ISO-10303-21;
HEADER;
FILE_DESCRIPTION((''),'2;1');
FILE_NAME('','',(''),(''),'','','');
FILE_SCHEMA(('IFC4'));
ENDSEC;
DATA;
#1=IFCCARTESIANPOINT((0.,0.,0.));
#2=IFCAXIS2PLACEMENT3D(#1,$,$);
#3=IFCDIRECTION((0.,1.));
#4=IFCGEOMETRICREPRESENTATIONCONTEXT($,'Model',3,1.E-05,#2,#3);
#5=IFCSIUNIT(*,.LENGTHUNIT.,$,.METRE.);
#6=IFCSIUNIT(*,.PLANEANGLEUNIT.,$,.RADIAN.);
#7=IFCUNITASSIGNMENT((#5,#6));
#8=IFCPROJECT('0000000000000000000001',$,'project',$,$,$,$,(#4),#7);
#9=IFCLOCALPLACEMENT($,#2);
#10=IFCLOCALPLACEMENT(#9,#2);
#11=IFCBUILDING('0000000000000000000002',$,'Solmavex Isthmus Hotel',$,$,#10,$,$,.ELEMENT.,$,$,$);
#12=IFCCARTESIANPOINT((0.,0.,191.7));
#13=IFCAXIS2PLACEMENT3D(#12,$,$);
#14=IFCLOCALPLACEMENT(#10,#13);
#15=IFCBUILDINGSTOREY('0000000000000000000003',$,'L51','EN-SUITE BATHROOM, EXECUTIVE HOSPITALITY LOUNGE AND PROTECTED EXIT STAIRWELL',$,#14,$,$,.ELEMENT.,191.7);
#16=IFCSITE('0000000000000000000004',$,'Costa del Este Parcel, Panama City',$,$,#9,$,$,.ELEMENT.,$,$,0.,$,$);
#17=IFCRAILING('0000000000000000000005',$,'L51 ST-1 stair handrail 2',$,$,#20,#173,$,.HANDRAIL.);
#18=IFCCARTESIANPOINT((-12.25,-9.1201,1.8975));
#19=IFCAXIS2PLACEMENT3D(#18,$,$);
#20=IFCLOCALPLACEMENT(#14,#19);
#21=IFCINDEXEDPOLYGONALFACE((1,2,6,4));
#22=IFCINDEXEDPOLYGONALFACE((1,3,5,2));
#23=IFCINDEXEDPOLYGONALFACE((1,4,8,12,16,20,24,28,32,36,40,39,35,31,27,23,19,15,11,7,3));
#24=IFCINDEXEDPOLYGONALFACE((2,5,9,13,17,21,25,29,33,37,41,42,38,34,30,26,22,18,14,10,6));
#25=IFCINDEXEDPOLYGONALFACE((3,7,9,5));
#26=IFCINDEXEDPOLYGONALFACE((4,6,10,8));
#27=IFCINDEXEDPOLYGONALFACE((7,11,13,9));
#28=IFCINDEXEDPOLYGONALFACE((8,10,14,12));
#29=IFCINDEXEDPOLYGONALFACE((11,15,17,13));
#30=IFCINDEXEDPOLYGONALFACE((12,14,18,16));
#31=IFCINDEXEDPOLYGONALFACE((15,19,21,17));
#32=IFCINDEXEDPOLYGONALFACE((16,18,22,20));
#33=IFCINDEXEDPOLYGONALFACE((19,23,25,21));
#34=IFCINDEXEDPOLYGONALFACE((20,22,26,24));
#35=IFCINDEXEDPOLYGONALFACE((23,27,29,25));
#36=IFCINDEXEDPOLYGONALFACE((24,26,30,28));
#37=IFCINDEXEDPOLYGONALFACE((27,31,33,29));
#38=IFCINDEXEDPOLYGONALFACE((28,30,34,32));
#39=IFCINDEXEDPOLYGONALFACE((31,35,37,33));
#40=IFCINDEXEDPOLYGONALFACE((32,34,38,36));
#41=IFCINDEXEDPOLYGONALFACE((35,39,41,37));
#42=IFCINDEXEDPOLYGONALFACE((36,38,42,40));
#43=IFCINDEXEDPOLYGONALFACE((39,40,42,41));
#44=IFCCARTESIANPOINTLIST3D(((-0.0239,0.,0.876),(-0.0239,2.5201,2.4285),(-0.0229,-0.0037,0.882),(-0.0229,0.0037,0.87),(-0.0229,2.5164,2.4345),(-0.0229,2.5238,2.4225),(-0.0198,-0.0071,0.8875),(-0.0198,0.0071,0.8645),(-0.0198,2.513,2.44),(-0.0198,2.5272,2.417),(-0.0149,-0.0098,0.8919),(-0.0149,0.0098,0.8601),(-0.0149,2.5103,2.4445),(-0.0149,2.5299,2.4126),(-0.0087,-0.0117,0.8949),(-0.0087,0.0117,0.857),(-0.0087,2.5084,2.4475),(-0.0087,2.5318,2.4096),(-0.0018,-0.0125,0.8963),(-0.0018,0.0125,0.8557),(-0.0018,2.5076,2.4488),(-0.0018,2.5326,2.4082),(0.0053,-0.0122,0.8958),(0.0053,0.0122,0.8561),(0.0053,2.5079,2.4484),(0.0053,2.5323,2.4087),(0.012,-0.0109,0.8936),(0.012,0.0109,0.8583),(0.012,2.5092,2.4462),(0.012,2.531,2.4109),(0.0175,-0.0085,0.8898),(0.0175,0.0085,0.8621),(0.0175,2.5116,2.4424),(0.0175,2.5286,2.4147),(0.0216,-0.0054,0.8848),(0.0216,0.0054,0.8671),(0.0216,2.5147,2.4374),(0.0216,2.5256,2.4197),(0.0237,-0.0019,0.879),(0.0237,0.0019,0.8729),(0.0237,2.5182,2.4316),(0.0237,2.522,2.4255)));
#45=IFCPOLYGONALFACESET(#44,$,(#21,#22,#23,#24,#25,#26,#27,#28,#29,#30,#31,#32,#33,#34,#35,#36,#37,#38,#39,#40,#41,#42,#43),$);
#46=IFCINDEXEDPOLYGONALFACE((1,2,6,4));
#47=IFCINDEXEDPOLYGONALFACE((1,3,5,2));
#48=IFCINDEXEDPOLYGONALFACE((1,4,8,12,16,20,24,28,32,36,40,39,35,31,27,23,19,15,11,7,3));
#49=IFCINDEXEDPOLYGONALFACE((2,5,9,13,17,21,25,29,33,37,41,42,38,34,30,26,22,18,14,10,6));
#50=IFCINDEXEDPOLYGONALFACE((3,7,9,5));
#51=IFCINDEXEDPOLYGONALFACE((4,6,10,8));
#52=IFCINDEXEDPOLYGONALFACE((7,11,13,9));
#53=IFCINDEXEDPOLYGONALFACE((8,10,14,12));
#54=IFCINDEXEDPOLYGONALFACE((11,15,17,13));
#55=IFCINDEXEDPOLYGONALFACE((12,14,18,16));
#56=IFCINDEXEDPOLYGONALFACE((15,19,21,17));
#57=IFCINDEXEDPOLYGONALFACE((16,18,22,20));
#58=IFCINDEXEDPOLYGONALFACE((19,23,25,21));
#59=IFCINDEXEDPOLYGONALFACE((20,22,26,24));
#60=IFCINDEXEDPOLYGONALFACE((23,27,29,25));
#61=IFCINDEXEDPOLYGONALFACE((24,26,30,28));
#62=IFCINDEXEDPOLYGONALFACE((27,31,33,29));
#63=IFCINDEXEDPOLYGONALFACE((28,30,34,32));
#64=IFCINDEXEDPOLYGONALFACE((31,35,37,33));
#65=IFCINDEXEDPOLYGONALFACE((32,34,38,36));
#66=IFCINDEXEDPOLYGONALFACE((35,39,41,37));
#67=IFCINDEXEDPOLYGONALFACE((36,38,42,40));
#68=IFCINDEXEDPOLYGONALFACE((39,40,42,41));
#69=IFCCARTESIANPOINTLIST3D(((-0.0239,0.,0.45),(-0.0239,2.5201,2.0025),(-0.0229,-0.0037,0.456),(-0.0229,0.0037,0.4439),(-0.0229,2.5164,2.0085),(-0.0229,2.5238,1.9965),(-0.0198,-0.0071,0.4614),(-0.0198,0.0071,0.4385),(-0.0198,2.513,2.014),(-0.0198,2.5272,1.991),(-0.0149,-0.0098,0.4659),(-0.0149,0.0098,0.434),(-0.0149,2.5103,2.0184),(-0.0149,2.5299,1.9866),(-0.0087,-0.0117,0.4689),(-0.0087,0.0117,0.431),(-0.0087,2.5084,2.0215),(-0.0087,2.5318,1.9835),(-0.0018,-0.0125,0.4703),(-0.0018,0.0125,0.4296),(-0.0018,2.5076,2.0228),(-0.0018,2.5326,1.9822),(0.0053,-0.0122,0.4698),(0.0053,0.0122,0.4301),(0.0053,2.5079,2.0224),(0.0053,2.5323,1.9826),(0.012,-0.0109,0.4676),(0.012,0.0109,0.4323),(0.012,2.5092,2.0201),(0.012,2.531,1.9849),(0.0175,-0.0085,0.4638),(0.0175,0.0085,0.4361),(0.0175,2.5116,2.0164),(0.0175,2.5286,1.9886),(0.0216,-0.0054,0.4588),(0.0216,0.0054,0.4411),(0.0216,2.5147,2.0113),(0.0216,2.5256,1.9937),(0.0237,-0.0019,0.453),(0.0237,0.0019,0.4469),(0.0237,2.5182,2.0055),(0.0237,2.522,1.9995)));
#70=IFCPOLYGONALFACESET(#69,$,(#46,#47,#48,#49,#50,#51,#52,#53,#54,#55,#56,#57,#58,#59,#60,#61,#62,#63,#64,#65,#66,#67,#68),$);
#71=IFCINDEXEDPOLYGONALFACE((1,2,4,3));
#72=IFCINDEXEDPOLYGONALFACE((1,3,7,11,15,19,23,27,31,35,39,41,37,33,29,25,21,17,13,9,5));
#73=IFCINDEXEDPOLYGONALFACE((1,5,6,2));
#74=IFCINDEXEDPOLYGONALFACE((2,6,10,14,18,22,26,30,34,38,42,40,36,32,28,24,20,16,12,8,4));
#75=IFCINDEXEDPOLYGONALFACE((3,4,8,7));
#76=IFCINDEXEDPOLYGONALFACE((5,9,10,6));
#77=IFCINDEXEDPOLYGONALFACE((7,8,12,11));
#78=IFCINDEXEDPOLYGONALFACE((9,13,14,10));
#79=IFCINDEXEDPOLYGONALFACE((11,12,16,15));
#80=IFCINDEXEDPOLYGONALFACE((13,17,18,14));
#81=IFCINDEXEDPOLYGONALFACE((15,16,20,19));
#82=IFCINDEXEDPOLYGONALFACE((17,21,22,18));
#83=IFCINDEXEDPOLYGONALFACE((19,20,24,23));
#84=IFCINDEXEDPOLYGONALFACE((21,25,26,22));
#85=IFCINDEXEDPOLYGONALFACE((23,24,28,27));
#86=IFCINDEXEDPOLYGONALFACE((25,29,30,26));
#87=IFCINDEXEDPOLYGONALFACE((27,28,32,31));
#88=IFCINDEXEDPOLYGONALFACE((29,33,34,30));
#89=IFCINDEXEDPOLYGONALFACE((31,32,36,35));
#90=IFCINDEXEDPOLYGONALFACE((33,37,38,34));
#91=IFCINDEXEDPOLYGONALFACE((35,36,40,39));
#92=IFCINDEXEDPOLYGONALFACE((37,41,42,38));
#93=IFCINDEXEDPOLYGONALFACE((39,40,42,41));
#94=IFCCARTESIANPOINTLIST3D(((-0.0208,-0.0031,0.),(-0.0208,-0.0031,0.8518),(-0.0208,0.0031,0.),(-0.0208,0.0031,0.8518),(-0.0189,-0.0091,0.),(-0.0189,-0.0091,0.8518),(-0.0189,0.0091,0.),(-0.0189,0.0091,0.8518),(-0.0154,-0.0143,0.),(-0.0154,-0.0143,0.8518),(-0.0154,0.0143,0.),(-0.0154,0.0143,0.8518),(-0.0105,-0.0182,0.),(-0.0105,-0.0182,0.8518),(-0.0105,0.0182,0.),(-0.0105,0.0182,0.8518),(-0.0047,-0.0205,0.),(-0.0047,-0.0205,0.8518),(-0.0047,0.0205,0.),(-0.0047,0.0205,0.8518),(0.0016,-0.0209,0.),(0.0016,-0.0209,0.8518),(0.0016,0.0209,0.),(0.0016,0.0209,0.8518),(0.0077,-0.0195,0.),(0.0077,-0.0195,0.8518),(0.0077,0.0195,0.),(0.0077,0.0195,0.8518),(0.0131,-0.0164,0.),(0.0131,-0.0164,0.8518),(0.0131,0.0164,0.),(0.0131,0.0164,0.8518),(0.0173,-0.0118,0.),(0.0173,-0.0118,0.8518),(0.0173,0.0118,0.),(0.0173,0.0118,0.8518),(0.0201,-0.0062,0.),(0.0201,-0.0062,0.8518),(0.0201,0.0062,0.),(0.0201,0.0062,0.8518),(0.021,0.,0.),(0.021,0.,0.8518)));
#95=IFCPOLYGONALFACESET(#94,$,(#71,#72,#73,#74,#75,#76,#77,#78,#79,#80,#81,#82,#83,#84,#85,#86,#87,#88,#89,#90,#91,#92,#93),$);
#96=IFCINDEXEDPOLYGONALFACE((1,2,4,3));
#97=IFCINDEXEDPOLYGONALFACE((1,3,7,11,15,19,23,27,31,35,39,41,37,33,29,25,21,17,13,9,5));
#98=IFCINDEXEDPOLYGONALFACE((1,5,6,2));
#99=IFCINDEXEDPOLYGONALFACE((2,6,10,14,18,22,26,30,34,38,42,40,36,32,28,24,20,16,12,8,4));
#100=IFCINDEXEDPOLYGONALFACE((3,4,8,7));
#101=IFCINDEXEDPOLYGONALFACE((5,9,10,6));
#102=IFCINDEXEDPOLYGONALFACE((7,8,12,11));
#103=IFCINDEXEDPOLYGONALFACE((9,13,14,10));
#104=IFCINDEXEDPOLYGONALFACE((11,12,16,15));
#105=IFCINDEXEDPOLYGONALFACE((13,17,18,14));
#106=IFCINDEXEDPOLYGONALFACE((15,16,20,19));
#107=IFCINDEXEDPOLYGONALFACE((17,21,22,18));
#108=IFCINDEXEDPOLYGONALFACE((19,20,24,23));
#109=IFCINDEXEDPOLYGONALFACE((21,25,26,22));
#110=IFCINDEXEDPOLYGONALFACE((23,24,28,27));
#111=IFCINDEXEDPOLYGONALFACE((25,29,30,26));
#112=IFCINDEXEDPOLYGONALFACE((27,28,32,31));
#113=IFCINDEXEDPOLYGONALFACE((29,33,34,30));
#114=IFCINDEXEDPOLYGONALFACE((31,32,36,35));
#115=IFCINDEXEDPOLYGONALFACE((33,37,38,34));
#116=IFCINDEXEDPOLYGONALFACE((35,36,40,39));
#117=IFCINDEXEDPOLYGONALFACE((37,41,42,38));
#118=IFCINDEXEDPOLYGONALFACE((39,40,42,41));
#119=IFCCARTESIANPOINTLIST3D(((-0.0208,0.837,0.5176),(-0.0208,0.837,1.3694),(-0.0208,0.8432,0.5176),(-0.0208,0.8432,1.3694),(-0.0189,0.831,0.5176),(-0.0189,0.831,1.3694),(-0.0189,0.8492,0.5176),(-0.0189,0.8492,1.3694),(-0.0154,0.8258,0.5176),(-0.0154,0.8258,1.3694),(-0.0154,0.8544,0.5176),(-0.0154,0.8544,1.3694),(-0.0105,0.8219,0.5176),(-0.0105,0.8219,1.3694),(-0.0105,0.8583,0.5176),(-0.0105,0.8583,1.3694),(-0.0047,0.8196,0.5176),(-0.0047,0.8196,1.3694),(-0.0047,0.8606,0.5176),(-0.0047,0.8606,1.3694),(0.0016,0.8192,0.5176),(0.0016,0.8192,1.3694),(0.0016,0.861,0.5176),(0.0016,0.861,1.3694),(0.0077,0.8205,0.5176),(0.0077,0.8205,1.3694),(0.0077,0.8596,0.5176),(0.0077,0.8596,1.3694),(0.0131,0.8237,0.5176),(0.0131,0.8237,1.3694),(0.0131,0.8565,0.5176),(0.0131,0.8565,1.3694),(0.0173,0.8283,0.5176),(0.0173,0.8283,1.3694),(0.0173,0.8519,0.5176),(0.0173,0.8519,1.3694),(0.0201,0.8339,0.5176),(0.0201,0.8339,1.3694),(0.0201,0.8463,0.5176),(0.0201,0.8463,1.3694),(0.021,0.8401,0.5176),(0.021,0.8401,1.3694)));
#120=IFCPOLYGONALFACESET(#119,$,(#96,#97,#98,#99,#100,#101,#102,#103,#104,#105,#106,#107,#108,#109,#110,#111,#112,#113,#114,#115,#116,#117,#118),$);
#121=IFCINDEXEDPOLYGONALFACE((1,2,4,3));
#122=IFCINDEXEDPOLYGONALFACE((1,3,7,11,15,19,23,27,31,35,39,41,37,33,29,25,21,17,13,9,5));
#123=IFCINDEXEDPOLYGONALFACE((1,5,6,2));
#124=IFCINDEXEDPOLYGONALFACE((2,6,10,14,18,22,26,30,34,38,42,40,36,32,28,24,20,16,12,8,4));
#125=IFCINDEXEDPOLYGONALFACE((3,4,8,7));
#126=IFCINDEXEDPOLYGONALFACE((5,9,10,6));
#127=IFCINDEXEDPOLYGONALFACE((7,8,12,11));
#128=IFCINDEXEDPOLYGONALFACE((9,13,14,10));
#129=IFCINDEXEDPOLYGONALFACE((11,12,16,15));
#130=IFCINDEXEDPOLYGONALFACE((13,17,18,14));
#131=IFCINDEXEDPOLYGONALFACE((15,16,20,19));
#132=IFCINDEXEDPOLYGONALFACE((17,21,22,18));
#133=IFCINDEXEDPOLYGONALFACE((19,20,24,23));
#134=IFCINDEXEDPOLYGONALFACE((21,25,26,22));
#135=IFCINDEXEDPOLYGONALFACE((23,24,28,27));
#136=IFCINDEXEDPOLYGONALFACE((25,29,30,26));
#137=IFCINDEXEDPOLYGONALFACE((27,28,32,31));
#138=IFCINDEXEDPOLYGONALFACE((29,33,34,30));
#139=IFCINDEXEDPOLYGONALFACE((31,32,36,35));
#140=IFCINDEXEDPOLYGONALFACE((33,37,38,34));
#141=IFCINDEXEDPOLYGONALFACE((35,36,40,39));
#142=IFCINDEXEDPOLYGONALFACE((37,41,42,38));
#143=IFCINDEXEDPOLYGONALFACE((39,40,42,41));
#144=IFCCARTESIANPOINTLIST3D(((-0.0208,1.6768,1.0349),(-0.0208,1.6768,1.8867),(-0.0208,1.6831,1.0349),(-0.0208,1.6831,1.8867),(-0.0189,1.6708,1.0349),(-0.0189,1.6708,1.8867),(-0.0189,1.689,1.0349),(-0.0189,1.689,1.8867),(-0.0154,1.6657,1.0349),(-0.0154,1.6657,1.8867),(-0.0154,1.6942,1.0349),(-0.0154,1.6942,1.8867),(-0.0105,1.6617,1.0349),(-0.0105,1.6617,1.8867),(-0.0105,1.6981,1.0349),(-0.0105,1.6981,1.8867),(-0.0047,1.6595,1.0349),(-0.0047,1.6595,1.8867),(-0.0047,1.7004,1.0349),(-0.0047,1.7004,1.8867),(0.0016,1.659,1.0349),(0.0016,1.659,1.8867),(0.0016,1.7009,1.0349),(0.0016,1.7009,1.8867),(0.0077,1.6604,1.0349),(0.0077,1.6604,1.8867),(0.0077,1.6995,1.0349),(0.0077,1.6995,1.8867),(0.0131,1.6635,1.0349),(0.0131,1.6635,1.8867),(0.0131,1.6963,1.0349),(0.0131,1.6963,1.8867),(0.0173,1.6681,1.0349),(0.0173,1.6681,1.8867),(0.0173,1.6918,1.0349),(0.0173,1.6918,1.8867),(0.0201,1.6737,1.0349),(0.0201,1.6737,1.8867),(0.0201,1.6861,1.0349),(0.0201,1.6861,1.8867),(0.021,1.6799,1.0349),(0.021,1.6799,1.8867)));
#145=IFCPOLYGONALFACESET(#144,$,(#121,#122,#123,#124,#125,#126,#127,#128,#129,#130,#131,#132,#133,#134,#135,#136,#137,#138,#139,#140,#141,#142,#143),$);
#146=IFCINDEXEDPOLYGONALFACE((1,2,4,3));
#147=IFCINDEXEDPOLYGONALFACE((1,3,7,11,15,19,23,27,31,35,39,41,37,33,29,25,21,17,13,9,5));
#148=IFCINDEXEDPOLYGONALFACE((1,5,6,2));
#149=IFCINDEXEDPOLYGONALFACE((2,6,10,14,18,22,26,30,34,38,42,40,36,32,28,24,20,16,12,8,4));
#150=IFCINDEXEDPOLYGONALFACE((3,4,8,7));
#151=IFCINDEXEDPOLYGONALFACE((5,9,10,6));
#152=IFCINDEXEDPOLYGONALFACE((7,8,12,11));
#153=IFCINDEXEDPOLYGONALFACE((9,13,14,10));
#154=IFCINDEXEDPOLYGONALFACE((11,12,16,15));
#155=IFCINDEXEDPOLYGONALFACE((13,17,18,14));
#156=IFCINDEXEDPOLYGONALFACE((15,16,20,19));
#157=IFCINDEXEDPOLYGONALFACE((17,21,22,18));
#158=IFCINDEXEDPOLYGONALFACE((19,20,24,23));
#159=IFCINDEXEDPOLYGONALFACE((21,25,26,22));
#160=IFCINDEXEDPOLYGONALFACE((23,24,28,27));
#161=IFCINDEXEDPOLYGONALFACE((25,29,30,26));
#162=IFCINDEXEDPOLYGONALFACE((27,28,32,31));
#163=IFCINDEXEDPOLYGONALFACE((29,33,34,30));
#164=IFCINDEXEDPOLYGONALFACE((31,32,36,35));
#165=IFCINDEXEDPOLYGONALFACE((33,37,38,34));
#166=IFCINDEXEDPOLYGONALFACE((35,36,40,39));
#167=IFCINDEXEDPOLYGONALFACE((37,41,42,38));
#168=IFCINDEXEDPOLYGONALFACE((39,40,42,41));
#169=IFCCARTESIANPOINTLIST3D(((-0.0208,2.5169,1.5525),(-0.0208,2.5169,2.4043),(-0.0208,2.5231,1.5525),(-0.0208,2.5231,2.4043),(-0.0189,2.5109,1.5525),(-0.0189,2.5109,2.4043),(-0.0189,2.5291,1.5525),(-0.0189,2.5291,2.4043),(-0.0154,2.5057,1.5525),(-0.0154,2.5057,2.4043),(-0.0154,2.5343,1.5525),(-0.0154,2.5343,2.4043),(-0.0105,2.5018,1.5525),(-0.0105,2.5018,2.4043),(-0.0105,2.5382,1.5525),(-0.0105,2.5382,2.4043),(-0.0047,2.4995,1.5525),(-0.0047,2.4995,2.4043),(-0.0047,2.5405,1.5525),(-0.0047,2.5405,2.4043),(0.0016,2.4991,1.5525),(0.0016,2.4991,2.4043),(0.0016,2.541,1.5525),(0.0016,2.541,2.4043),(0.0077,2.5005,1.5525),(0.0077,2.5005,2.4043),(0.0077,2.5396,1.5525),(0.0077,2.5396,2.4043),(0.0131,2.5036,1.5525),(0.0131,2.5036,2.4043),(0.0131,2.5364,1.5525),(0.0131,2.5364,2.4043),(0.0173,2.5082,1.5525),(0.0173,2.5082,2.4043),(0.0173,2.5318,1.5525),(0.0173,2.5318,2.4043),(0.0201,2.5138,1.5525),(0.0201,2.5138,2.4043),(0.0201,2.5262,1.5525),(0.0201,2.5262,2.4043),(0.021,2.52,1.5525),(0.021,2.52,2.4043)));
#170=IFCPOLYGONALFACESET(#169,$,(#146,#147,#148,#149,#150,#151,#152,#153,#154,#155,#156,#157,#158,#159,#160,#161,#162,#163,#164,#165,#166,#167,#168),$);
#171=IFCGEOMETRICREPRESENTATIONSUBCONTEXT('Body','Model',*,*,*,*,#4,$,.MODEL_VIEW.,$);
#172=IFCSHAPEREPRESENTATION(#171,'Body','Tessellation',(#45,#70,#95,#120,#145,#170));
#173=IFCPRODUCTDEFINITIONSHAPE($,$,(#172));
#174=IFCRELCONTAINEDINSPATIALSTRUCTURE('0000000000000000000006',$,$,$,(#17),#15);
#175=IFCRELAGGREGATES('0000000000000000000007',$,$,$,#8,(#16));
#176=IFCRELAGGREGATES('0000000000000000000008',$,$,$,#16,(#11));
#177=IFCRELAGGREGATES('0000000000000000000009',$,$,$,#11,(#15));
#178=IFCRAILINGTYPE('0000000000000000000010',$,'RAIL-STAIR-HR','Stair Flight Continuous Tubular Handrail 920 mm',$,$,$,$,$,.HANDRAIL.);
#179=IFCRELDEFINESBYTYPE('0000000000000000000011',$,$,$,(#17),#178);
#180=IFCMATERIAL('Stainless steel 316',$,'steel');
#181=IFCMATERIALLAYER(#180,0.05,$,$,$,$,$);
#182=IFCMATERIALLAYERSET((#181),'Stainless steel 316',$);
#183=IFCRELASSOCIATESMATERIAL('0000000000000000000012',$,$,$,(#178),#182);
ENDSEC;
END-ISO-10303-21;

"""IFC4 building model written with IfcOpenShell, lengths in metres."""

from ifc_helpers import new_model, si_unit, direction, frame, origin, origin_2d, place, context, subcontext, project, spatial, circle, extrude, material, layer, layer_set, type_object, element, save


model = new_model("IFC4")

# Units and contexts
model_context = context("Model", 3, precision=1e-05, world=origin(), true_north=direction((0.0, 1.0)))
body_context = subcontext(model_context, "Body", "Model", "MODEL_VIEW")
ifc_project = project(units=[si_unit("LENGTHUNIT", "METRE"), si_unit("PLANEANGLEUNIT", "RADIAN")], contexts=[model_context])

# Site, building, storey
site_placement = place(None, origin())
site = spatial("IfcSite", under=ifc_project, at=site_placement, Name="Costa del Este Parcel, Panama City", CompositionType="ELEMENT", RefElevation=0.0)
building_placement = place(site_placement, origin())
building = spatial("IfcBuilding", under=site, at=building_placement, Name="Solmavex Isthmus Hotel", CompositionType="ELEMENT")
storey_placement = place(building_placement, frame((0.0, 0.0, 191.7)))
storey = spatial("IfcBuildingStorey", under=building, at=storey_placement, Name="L51", Description="EN-SUITE BATHROOM, EXECUTIVE HOSPITALITY LOUNGE AND PROTECTED EXIT STAIRWELL", CompositionType="ELEMENT", Elevation=191.7)

# Shared definitions
ifc_material_1 = material(Name="Stainless steel 316", Category="steel")

# Railing
ifc_layer_1 = layer(ifc_material_1, 0.05)
ifc_layer_set_1 = layer_set([ifc_layer_1], Name="Stainless steel 316")
railing_type_1 = type_object("IfcRailingType", Name="RAIL-STAIR-HR", Description="Stair Flight Continuous Tubular Handrail 920 mm", PredefinedType="HANDRAIL", material=ifc_layer_set_1)
railing_1_placement = place(storey_placement, frame((-12.25, -9.1201, 1.8975)))
element("IfcRailing", 1, at=railing_1_placement, inside=storey, type_object=railing_type_1, Name="L51 ST-1 stair handrail 2", PredefinedType="HANDRAIL", context=body_context, shape_type="SweptSolid", body=[
    extrude(circle(Radius=0.0239, at=origin_2d()), frame((0.0, 0.0, 0.876), z_axis=(0.0, 0.8514, 0.524516), x_axis=(-1.0, 0.0, 0.0)), (0.0, 0.0, 1.0), 2.96),
    extrude(circle(Radius=0.0239, at=origin_2d()), frame((0.0, 0.0, 0.45), z_axis=(0.0, 0.8514, 0.524516), x_axis=(-1.0, 0.0, 0.0)), (0.0, 0.0, 1.0), 2.96),
    extrude(circle(Radius=0.021, at=origin_2d()), origin(), (0.0, 0.0, 1.0), 0.8518),
    extrude(circle(Radius=0.021, at=origin_2d()), frame((0.0, 0.8401, 0.5176)), (0.0, 0.0, 1.0), 0.8518),
    extrude(circle(Radius=0.021, at=origin_2d()), frame((0.0, 1.6799, 1.0349)), (0.0, 0.0, 1.0), 0.8518),
    extrude(circle(Radius=0.021, at=origin_2d()), frame((0.0, 2.52, 1.5525)), (0.0, 0.0, 1.0), 0.8518),
])

save(model, "model.ifc")
